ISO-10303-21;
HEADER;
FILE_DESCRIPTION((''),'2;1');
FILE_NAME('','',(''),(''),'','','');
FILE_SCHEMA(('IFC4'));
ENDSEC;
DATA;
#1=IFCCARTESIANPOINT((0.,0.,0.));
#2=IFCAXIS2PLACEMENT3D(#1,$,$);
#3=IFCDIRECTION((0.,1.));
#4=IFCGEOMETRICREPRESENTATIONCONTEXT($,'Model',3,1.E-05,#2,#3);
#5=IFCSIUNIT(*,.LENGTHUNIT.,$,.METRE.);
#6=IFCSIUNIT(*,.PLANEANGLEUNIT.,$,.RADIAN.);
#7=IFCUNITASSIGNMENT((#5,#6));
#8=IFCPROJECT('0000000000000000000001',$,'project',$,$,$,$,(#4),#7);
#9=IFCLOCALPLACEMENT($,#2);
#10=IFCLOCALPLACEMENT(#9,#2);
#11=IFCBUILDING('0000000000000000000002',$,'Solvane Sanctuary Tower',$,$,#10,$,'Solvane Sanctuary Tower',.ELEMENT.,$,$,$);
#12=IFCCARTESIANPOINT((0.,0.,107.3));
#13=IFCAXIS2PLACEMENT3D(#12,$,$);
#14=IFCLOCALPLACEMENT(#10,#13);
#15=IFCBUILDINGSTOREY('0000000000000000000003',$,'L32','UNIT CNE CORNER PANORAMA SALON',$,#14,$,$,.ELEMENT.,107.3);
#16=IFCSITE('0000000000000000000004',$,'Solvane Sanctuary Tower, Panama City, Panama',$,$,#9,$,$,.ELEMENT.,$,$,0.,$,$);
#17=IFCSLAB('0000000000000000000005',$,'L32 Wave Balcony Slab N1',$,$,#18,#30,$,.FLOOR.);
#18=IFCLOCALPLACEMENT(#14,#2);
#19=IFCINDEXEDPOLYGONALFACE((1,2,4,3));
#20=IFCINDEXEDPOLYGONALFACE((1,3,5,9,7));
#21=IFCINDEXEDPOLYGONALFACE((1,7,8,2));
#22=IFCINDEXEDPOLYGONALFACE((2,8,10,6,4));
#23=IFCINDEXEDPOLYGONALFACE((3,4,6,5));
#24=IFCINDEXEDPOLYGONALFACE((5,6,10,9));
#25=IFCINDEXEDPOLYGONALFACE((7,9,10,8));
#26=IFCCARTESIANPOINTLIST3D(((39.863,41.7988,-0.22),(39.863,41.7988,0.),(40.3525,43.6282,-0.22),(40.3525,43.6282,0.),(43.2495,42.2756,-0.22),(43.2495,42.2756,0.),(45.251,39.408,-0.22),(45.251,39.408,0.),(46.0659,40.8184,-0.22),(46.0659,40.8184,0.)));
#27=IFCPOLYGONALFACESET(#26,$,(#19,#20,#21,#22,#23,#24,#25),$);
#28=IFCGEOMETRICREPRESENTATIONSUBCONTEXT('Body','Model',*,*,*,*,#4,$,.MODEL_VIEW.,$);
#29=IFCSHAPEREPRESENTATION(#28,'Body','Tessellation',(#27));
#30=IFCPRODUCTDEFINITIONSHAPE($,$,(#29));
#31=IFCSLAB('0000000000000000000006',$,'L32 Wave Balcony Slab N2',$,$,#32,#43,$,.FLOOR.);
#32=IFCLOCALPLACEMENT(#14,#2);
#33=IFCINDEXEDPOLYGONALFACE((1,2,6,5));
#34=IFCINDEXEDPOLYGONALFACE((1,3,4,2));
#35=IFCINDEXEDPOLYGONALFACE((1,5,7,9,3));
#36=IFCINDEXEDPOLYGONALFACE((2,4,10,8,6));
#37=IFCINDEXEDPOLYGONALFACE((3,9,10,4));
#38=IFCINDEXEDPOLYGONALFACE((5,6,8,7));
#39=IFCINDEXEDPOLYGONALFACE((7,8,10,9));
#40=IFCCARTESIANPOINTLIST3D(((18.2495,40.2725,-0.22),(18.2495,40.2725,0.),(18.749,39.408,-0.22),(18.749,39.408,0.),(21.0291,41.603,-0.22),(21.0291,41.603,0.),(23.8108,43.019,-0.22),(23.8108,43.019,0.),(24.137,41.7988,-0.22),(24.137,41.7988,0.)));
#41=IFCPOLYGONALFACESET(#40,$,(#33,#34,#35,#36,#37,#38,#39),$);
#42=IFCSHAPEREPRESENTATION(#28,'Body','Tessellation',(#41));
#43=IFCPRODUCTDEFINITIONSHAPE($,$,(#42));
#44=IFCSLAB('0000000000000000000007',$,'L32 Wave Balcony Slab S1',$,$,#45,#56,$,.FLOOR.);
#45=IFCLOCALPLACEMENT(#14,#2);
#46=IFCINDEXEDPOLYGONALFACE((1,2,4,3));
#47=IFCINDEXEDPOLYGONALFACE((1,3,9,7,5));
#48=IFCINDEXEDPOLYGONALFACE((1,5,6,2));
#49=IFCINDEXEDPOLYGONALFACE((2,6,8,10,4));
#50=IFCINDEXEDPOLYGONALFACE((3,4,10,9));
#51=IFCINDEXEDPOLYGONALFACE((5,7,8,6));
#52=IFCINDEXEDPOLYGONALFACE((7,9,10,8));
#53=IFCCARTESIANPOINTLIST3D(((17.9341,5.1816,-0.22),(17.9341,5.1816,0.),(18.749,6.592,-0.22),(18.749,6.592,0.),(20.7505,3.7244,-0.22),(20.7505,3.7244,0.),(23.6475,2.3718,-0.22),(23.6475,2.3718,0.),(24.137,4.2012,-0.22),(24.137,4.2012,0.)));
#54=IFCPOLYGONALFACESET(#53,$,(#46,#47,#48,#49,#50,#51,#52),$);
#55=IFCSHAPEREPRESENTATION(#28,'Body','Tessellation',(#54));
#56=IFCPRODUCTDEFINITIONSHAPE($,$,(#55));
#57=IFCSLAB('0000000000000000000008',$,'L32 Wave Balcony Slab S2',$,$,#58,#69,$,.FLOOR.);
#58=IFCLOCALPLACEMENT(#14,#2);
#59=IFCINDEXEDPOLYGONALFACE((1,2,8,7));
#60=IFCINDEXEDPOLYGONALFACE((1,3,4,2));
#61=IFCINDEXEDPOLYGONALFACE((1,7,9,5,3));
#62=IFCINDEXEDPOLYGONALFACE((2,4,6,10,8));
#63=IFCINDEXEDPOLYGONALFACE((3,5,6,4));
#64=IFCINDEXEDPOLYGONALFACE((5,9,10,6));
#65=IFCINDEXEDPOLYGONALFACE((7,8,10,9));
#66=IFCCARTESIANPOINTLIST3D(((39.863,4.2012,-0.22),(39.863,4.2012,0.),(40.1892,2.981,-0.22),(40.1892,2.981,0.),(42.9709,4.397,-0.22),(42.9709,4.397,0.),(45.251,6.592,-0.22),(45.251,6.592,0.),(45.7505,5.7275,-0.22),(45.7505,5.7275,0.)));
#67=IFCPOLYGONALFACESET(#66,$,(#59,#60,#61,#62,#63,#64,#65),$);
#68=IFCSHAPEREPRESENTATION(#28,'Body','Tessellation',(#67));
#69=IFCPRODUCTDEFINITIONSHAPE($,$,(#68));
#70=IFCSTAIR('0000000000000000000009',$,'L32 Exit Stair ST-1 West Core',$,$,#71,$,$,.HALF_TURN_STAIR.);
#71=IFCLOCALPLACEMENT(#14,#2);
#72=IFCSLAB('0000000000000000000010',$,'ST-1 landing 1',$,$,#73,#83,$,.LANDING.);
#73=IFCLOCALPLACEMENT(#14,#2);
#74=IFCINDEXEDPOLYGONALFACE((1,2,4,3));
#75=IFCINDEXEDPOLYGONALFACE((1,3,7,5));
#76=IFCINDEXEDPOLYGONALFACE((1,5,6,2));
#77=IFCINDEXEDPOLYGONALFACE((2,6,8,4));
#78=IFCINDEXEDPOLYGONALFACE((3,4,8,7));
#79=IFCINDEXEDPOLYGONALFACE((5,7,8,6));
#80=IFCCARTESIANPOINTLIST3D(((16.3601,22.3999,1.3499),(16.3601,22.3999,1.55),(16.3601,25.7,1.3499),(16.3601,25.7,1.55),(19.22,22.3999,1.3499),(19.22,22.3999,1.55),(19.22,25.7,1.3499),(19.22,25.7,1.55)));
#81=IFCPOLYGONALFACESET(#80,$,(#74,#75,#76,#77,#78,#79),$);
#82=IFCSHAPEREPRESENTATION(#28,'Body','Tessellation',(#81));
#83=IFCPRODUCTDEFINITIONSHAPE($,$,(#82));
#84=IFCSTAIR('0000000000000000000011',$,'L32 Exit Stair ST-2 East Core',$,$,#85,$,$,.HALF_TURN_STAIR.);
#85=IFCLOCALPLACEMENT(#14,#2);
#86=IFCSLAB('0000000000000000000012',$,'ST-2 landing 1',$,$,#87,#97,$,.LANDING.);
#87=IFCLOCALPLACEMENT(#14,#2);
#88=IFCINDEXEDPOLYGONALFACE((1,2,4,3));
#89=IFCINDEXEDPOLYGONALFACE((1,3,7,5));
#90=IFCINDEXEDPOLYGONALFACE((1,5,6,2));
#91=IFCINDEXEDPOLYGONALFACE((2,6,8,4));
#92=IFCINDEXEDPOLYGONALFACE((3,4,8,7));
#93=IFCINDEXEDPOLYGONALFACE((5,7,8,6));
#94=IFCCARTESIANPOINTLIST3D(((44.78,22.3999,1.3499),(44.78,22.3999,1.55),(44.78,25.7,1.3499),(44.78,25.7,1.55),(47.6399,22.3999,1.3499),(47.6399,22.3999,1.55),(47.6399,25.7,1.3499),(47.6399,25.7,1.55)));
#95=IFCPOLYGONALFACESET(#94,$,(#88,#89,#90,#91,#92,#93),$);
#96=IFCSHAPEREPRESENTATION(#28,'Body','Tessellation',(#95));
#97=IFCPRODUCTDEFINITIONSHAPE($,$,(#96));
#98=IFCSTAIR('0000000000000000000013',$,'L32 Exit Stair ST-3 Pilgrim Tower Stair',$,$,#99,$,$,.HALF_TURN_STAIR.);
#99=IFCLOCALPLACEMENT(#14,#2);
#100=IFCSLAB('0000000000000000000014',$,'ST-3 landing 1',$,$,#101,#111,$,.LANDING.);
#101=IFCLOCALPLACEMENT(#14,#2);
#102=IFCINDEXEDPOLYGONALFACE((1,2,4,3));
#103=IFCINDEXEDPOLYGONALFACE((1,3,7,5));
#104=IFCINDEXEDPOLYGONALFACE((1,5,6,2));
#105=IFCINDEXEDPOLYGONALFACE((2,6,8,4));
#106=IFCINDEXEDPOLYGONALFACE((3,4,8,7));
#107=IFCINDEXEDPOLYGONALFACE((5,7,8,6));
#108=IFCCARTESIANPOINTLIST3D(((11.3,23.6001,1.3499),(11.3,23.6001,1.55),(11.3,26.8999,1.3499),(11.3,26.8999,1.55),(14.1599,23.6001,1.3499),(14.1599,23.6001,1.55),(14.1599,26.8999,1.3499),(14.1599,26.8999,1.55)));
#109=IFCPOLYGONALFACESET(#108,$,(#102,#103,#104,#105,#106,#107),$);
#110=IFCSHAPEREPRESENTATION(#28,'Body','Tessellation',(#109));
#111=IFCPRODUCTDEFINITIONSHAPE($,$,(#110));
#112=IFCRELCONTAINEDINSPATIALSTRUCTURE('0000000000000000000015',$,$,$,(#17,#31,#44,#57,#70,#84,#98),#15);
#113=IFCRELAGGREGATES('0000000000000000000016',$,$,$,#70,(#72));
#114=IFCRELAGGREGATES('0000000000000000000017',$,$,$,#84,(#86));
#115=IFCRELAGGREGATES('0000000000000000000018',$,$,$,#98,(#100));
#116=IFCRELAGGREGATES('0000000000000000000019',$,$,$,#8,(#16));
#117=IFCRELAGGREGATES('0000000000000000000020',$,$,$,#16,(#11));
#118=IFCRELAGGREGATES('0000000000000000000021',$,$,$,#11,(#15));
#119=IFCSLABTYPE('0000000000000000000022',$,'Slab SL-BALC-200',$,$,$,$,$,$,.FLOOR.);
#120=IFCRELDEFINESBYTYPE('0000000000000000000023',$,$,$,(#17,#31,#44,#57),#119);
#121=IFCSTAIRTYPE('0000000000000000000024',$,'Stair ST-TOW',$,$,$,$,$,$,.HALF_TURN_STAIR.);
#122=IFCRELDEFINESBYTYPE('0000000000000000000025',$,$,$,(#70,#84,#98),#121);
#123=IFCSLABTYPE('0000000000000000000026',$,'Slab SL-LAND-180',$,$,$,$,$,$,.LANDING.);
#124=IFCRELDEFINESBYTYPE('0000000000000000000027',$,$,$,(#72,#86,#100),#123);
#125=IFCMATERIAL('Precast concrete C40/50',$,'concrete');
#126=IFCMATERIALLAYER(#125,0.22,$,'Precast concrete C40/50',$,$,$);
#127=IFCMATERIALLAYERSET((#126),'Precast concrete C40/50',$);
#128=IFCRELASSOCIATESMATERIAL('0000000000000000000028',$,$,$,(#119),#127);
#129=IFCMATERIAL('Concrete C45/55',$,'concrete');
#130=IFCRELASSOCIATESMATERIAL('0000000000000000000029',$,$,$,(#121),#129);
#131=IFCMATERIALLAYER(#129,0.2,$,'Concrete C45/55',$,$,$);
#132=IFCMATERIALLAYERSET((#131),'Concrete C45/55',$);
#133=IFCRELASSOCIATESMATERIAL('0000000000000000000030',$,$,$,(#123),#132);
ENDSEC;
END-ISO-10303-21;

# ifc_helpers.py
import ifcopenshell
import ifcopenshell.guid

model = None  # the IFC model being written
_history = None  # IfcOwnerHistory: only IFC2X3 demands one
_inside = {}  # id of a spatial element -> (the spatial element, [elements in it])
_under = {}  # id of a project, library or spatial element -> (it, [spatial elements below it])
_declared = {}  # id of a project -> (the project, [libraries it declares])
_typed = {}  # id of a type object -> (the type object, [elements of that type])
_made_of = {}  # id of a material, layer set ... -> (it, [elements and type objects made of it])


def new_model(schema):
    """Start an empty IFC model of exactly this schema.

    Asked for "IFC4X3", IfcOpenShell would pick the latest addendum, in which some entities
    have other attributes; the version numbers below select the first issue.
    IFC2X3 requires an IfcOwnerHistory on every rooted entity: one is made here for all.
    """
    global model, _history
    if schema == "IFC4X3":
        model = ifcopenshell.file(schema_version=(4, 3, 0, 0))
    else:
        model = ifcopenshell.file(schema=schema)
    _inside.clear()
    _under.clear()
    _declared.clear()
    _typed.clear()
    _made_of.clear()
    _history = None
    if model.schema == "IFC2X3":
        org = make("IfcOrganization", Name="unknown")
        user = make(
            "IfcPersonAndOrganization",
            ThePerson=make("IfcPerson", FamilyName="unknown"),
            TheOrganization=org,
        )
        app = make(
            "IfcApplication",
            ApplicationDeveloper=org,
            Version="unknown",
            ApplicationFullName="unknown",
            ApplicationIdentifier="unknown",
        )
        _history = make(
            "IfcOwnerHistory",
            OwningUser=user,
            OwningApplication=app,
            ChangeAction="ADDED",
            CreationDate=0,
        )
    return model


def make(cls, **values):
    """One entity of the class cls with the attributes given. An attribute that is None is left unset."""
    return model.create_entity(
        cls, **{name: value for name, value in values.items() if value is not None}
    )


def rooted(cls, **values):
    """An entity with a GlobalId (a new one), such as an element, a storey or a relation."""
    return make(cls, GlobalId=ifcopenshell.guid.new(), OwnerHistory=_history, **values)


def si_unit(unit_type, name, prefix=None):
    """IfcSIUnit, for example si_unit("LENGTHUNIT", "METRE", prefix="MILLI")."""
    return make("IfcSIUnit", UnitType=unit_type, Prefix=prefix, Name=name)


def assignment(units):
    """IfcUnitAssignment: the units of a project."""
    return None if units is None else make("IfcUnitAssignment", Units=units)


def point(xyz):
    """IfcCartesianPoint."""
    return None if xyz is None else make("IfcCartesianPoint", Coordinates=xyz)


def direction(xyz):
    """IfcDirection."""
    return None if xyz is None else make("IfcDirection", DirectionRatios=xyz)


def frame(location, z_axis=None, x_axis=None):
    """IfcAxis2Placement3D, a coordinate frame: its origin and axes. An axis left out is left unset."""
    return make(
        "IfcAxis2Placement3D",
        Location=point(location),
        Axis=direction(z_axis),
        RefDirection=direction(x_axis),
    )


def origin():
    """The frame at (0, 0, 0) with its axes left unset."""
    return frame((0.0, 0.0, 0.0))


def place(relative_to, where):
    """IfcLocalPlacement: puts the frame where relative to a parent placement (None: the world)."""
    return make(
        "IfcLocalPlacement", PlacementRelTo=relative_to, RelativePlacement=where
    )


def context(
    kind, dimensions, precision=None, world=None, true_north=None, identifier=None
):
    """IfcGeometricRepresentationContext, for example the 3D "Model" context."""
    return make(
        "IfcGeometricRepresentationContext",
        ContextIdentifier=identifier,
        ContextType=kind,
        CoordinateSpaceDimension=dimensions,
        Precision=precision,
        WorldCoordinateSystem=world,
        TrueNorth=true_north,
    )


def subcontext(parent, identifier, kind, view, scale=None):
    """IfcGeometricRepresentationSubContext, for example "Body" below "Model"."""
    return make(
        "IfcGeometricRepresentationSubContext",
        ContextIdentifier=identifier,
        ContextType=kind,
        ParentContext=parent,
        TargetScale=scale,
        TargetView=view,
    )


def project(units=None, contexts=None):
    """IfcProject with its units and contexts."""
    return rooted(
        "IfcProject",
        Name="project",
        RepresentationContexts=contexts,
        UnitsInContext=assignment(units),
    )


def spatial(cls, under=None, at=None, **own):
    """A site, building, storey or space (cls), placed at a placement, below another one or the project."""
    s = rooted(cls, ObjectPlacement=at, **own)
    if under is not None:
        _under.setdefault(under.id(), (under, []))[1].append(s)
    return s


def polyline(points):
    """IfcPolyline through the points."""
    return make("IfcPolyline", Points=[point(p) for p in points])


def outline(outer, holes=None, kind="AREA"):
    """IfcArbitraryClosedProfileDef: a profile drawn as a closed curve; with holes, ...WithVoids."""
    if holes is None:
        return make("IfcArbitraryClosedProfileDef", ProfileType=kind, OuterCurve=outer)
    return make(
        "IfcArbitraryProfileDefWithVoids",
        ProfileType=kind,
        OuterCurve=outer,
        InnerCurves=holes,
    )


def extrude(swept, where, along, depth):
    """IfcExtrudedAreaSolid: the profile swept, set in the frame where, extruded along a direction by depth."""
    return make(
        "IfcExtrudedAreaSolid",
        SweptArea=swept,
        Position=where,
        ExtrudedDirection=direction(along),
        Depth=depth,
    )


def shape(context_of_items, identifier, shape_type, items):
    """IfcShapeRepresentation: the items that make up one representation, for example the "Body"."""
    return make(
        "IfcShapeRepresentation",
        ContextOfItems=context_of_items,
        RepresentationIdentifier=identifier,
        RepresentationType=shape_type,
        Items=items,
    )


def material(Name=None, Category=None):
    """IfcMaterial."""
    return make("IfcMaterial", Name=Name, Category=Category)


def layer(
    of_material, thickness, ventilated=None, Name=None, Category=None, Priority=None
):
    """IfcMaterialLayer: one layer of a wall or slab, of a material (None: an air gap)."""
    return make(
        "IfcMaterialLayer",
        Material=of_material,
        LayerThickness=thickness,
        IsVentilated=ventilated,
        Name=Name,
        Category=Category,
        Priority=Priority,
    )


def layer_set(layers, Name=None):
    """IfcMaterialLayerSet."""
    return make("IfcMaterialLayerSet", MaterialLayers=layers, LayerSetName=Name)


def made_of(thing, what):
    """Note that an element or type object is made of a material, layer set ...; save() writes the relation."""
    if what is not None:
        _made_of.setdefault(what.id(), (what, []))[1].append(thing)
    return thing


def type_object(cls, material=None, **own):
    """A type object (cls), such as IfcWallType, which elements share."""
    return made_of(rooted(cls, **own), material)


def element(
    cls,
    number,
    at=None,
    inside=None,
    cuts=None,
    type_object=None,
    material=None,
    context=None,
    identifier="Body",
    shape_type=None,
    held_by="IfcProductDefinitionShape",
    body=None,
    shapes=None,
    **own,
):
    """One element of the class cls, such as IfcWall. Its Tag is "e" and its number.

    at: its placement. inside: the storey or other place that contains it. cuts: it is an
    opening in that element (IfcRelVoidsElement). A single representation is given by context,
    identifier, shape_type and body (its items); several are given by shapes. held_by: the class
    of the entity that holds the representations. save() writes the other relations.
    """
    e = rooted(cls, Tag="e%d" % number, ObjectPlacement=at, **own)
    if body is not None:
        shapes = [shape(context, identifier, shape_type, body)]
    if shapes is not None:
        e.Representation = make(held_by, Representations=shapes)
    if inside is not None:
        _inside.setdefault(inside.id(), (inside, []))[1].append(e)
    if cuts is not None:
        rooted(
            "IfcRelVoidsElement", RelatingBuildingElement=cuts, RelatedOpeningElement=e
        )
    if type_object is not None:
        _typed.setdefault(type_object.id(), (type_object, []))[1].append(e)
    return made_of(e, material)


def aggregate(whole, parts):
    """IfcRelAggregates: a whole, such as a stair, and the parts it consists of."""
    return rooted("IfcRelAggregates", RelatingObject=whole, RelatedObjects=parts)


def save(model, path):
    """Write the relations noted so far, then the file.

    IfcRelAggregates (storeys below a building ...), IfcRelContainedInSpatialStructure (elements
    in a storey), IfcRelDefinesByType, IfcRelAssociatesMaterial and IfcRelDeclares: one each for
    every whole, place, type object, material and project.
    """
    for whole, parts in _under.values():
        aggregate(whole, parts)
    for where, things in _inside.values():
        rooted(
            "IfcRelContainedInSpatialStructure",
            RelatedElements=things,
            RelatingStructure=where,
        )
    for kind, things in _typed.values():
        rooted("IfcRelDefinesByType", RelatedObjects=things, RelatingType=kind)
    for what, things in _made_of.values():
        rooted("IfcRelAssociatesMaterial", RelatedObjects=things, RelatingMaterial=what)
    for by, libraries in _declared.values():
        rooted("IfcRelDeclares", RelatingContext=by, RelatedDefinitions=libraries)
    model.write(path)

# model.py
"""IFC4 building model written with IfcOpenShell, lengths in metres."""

from ifc_helpers import new_model, si_unit, direction, frame, origin, place, context, subcontext, project, spatial, polyline, outline, extrude, material, layer, layer_set, type_object, element, aggregate, save


model = new_model("IFC4")

# Units and contexts
model_context = context("Model", 3, precision=1e-05, world=origin(), true_north=direction((0.0, 1.0)))
body_context = subcontext(model_context, "Body", "Model", "MODEL_VIEW")
ifc_project = project(units=[si_unit("LENGTHUNIT", "METRE"), si_unit("PLANEANGLEUNIT", "RADIAN")], contexts=[model_context])

# Site, building, storey
site_placement = place(None, origin())
site = spatial("IfcSite", under=ifc_project, at=site_placement, Name="Solvane Sanctuary Tower, Panama City, Panama", CompositionType="ELEMENT", RefElevation=0.0)
building_placement = place(site_placement, origin())
building = spatial("IfcBuilding", under=site, at=building_placement, Name="Solvane Sanctuary Tower", LongName="Solvane Sanctuary Tower", CompositionType="ELEMENT")
storey_placement = place(building_placement, frame((0.0, 0.0, 107.3)))
storey = spatial("IfcBuildingStorey", under=building, at=storey_placement, Name="L32", Description="UNIT CNE CORNER PANORAMA SALON", CompositionType="ELEMENT", Elevation=107.3)

# Slabs
ifc_material_1 = material(Name="Precast concrete C40/50", Category="concrete")
ifc_layer_1 = layer(ifc_material_1, 0.22, Name="Precast concrete C40/50")
ifc_layer_set_1 = layer_set([ifc_layer_1], Name="Precast concrete C40/50")
slab_type_1 = type_object("IfcSlabType", Name="Slab SL-BALC-200", PredefinedType="FLOOR", material=ifc_layer_set_1)
slab_1_placement = place(storey_placement, frame((0.0, 0.0, -0.22)))
element("IfcSlab", 1, at=slab_1_placement, inside=storey, type_object=slab_type_1, Name="L32 Wave Balcony Slab N1", PredefinedType="FLOOR", context=body_context, shape_type="SweptSolid", body=[
    extrude(outline(polyline([(46.0659, 40.8184), (43.2495, 42.2756), (40.3525, 43.6282), (39.863, 41.7988), (45.251, 39.408), (46.0659, 40.8184)])), origin(), (0.0, 0.0, 1.0), 0.22),
])
slab_2_placement = place(storey_placement, frame((0.0, 0.0, -0.22)))
element("IfcSlab", 2, at=slab_2_placement, inside=storey, type_object=slab_type_1, Name="L32 Wave Balcony Slab N2", PredefinedType="FLOOR", context=body_context, shape_type="SweptSolid", body=[
    extrude(outline(polyline([(23.8108, 43.019), (21.0291, 41.603), (18.2495, 40.2725), (18.749, 39.408), (24.137, 41.7988), (23.8108, 43.019)])), origin(), (0.0, 0.0, 1.0), 0.22),
])
slab_3_placement = place(storey_placement, frame((0.0, 0.0, -0.22)))
element("IfcSlab", 3, at=slab_3_placement, inside=storey, type_object=slab_type_1, Name="L32 Wave Balcony Slab S1", PredefinedType="FLOOR", context=body_context, shape_type="SweptSolid", body=[
    extrude(outline(polyline([(17.9341, 5.1816), (20.7505, 3.7244), (23.6475, 2.3718), (24.137, 4.2012), (18.749, 6.592), (17.9341, 5.1816)])), origin(), (0.0, 0.0, 1.0), 0.22),
])
slab_4_placement = place(storey_placement, frame((0.0, 0.0, -0.22)))
element("IfcSlab", 4, at=slab_4_placement, inside=storey, type_object=slab_type_1, Name="L32 Wave Balcony Slab S2", PredefinedType="FLOOR", context=body_context, shape_type="SweptSolid", body=[
    extrude(outline(polyline([(40.1892, 2.981), (42.9709, 4.397), (45.7505, 5.7275), (45.251, 6.592), (39.863, 4.2012), (40.1892, 2.981)])), origin(), (0.0, 0.0, 1.0), 0.22),
])

# Stairs, slabs
ifc_material_2 = material(Name="Concrete C45/55", Category="concrete")
stair_type = type_object("IfcStairType", Name="Stair ST-TOW", PredefinedType="HALF_TURN_STAIR", material=ifc_material_2)
stair_1_placement = place(storey_placement, origin())
stair_1 = element("IfcStair", 5, at=stair_1_placement, inside=storey, type_object=stair_type, Name="L32 Exit Stair ST-1 West Core", PredefinedType="HALF_TURN_STAIR")
ifc_layer_2 = layer(ifc_material_2, 0.2, Name="Concrete C45/55")
ifc_layer_set_2 = layer_set([ifc_layer_2], Name="Concrete C45/55")
slab_type_2 = type_object("IfcSlabType", Name="Slab SL-LAND-180", PredefinedType="LANDING", material=ifc_layer_set_2)
slab_5_placement = place(storey_placement, frame((0.0, 0.0, 1.3499)))
slab_5 = element("IfcSlab", 6, at=slab_5_placement, type_object=slab_type_2, Name="ST-1 landing 1", PredefinedType="LANDING", context=body_context, shape_type="SweptSolid", body=[
    extrude(outline(polyline([(19.22, 22.3999), (19.22, 25.7), (16.3601, 25.7), (16.3601, 22.3999), (19.22, 22.3999)])), origin(), (0.0, 0.0, 1.0), 0.2002),
])
aggregate(stair_1, [slab_5])
stair_2_placement = place(storey_placement, origin())
stair_2 = element("IfcStair", 7, at=stair_2_placement, inside=storey, type_object=stair_type, Name="L32 Exit Stair ST-2 East Core", PredefinedType="HALF_TURN_STAIR")
slab_6_placement = place(storey_placement, frame((0.0, 0.0, 1.3499)))
slab_6 = element("IfcSlab", 8, at=slab_6_placement, type_object=slab_type_2, Name="ST-2 landing 1", PredefinedType="LANDING", context=body_context, shape_type="SweptSolid", body=[
    extrude(outline(polyline([(47.6399, 22.3999), (47.6399, 25.7), (44.78, 25.7), (44.78, 22.3999), (47.6399, 22.3999)])), origin(), (0.0, 0.0, 1.0), 0.2002),
])
aggregate(stair_2, [slab_6])
stair_3_placement = place(storey_placement, origin())
stair_3 = element("IfcStair", 9, at=stair_3_placement, inside=storey, type_object=stair_type, Name="L32 Exit Stair ST-3 Pilgrim Tower Stair", PredefinedType="HALF_TURN_STAIR")
slab_7_placement = place(storey_placement, frame((0.0, 0.0, 1.3499)))
slab_7 = element("IfcSlab", 10, at=slab_7_placement, type_object=slab_type_2, Name="ST-3 landing 1", PredefinedType="LANDING", context=body_context, shape_type="SweptSolid", body=[
    extrude(outline(polyline([(14.1599, 23.6001), (14.1599, 26.8999), (11.3, 26.8999), (11.3, 23.6001), (14.1599, 23.6001)])), origin(), (0.0, 0.0, 1.0), 0.2002),
])
aggregate(stair_3, [slab_7])

save(model, "model.ifc")
